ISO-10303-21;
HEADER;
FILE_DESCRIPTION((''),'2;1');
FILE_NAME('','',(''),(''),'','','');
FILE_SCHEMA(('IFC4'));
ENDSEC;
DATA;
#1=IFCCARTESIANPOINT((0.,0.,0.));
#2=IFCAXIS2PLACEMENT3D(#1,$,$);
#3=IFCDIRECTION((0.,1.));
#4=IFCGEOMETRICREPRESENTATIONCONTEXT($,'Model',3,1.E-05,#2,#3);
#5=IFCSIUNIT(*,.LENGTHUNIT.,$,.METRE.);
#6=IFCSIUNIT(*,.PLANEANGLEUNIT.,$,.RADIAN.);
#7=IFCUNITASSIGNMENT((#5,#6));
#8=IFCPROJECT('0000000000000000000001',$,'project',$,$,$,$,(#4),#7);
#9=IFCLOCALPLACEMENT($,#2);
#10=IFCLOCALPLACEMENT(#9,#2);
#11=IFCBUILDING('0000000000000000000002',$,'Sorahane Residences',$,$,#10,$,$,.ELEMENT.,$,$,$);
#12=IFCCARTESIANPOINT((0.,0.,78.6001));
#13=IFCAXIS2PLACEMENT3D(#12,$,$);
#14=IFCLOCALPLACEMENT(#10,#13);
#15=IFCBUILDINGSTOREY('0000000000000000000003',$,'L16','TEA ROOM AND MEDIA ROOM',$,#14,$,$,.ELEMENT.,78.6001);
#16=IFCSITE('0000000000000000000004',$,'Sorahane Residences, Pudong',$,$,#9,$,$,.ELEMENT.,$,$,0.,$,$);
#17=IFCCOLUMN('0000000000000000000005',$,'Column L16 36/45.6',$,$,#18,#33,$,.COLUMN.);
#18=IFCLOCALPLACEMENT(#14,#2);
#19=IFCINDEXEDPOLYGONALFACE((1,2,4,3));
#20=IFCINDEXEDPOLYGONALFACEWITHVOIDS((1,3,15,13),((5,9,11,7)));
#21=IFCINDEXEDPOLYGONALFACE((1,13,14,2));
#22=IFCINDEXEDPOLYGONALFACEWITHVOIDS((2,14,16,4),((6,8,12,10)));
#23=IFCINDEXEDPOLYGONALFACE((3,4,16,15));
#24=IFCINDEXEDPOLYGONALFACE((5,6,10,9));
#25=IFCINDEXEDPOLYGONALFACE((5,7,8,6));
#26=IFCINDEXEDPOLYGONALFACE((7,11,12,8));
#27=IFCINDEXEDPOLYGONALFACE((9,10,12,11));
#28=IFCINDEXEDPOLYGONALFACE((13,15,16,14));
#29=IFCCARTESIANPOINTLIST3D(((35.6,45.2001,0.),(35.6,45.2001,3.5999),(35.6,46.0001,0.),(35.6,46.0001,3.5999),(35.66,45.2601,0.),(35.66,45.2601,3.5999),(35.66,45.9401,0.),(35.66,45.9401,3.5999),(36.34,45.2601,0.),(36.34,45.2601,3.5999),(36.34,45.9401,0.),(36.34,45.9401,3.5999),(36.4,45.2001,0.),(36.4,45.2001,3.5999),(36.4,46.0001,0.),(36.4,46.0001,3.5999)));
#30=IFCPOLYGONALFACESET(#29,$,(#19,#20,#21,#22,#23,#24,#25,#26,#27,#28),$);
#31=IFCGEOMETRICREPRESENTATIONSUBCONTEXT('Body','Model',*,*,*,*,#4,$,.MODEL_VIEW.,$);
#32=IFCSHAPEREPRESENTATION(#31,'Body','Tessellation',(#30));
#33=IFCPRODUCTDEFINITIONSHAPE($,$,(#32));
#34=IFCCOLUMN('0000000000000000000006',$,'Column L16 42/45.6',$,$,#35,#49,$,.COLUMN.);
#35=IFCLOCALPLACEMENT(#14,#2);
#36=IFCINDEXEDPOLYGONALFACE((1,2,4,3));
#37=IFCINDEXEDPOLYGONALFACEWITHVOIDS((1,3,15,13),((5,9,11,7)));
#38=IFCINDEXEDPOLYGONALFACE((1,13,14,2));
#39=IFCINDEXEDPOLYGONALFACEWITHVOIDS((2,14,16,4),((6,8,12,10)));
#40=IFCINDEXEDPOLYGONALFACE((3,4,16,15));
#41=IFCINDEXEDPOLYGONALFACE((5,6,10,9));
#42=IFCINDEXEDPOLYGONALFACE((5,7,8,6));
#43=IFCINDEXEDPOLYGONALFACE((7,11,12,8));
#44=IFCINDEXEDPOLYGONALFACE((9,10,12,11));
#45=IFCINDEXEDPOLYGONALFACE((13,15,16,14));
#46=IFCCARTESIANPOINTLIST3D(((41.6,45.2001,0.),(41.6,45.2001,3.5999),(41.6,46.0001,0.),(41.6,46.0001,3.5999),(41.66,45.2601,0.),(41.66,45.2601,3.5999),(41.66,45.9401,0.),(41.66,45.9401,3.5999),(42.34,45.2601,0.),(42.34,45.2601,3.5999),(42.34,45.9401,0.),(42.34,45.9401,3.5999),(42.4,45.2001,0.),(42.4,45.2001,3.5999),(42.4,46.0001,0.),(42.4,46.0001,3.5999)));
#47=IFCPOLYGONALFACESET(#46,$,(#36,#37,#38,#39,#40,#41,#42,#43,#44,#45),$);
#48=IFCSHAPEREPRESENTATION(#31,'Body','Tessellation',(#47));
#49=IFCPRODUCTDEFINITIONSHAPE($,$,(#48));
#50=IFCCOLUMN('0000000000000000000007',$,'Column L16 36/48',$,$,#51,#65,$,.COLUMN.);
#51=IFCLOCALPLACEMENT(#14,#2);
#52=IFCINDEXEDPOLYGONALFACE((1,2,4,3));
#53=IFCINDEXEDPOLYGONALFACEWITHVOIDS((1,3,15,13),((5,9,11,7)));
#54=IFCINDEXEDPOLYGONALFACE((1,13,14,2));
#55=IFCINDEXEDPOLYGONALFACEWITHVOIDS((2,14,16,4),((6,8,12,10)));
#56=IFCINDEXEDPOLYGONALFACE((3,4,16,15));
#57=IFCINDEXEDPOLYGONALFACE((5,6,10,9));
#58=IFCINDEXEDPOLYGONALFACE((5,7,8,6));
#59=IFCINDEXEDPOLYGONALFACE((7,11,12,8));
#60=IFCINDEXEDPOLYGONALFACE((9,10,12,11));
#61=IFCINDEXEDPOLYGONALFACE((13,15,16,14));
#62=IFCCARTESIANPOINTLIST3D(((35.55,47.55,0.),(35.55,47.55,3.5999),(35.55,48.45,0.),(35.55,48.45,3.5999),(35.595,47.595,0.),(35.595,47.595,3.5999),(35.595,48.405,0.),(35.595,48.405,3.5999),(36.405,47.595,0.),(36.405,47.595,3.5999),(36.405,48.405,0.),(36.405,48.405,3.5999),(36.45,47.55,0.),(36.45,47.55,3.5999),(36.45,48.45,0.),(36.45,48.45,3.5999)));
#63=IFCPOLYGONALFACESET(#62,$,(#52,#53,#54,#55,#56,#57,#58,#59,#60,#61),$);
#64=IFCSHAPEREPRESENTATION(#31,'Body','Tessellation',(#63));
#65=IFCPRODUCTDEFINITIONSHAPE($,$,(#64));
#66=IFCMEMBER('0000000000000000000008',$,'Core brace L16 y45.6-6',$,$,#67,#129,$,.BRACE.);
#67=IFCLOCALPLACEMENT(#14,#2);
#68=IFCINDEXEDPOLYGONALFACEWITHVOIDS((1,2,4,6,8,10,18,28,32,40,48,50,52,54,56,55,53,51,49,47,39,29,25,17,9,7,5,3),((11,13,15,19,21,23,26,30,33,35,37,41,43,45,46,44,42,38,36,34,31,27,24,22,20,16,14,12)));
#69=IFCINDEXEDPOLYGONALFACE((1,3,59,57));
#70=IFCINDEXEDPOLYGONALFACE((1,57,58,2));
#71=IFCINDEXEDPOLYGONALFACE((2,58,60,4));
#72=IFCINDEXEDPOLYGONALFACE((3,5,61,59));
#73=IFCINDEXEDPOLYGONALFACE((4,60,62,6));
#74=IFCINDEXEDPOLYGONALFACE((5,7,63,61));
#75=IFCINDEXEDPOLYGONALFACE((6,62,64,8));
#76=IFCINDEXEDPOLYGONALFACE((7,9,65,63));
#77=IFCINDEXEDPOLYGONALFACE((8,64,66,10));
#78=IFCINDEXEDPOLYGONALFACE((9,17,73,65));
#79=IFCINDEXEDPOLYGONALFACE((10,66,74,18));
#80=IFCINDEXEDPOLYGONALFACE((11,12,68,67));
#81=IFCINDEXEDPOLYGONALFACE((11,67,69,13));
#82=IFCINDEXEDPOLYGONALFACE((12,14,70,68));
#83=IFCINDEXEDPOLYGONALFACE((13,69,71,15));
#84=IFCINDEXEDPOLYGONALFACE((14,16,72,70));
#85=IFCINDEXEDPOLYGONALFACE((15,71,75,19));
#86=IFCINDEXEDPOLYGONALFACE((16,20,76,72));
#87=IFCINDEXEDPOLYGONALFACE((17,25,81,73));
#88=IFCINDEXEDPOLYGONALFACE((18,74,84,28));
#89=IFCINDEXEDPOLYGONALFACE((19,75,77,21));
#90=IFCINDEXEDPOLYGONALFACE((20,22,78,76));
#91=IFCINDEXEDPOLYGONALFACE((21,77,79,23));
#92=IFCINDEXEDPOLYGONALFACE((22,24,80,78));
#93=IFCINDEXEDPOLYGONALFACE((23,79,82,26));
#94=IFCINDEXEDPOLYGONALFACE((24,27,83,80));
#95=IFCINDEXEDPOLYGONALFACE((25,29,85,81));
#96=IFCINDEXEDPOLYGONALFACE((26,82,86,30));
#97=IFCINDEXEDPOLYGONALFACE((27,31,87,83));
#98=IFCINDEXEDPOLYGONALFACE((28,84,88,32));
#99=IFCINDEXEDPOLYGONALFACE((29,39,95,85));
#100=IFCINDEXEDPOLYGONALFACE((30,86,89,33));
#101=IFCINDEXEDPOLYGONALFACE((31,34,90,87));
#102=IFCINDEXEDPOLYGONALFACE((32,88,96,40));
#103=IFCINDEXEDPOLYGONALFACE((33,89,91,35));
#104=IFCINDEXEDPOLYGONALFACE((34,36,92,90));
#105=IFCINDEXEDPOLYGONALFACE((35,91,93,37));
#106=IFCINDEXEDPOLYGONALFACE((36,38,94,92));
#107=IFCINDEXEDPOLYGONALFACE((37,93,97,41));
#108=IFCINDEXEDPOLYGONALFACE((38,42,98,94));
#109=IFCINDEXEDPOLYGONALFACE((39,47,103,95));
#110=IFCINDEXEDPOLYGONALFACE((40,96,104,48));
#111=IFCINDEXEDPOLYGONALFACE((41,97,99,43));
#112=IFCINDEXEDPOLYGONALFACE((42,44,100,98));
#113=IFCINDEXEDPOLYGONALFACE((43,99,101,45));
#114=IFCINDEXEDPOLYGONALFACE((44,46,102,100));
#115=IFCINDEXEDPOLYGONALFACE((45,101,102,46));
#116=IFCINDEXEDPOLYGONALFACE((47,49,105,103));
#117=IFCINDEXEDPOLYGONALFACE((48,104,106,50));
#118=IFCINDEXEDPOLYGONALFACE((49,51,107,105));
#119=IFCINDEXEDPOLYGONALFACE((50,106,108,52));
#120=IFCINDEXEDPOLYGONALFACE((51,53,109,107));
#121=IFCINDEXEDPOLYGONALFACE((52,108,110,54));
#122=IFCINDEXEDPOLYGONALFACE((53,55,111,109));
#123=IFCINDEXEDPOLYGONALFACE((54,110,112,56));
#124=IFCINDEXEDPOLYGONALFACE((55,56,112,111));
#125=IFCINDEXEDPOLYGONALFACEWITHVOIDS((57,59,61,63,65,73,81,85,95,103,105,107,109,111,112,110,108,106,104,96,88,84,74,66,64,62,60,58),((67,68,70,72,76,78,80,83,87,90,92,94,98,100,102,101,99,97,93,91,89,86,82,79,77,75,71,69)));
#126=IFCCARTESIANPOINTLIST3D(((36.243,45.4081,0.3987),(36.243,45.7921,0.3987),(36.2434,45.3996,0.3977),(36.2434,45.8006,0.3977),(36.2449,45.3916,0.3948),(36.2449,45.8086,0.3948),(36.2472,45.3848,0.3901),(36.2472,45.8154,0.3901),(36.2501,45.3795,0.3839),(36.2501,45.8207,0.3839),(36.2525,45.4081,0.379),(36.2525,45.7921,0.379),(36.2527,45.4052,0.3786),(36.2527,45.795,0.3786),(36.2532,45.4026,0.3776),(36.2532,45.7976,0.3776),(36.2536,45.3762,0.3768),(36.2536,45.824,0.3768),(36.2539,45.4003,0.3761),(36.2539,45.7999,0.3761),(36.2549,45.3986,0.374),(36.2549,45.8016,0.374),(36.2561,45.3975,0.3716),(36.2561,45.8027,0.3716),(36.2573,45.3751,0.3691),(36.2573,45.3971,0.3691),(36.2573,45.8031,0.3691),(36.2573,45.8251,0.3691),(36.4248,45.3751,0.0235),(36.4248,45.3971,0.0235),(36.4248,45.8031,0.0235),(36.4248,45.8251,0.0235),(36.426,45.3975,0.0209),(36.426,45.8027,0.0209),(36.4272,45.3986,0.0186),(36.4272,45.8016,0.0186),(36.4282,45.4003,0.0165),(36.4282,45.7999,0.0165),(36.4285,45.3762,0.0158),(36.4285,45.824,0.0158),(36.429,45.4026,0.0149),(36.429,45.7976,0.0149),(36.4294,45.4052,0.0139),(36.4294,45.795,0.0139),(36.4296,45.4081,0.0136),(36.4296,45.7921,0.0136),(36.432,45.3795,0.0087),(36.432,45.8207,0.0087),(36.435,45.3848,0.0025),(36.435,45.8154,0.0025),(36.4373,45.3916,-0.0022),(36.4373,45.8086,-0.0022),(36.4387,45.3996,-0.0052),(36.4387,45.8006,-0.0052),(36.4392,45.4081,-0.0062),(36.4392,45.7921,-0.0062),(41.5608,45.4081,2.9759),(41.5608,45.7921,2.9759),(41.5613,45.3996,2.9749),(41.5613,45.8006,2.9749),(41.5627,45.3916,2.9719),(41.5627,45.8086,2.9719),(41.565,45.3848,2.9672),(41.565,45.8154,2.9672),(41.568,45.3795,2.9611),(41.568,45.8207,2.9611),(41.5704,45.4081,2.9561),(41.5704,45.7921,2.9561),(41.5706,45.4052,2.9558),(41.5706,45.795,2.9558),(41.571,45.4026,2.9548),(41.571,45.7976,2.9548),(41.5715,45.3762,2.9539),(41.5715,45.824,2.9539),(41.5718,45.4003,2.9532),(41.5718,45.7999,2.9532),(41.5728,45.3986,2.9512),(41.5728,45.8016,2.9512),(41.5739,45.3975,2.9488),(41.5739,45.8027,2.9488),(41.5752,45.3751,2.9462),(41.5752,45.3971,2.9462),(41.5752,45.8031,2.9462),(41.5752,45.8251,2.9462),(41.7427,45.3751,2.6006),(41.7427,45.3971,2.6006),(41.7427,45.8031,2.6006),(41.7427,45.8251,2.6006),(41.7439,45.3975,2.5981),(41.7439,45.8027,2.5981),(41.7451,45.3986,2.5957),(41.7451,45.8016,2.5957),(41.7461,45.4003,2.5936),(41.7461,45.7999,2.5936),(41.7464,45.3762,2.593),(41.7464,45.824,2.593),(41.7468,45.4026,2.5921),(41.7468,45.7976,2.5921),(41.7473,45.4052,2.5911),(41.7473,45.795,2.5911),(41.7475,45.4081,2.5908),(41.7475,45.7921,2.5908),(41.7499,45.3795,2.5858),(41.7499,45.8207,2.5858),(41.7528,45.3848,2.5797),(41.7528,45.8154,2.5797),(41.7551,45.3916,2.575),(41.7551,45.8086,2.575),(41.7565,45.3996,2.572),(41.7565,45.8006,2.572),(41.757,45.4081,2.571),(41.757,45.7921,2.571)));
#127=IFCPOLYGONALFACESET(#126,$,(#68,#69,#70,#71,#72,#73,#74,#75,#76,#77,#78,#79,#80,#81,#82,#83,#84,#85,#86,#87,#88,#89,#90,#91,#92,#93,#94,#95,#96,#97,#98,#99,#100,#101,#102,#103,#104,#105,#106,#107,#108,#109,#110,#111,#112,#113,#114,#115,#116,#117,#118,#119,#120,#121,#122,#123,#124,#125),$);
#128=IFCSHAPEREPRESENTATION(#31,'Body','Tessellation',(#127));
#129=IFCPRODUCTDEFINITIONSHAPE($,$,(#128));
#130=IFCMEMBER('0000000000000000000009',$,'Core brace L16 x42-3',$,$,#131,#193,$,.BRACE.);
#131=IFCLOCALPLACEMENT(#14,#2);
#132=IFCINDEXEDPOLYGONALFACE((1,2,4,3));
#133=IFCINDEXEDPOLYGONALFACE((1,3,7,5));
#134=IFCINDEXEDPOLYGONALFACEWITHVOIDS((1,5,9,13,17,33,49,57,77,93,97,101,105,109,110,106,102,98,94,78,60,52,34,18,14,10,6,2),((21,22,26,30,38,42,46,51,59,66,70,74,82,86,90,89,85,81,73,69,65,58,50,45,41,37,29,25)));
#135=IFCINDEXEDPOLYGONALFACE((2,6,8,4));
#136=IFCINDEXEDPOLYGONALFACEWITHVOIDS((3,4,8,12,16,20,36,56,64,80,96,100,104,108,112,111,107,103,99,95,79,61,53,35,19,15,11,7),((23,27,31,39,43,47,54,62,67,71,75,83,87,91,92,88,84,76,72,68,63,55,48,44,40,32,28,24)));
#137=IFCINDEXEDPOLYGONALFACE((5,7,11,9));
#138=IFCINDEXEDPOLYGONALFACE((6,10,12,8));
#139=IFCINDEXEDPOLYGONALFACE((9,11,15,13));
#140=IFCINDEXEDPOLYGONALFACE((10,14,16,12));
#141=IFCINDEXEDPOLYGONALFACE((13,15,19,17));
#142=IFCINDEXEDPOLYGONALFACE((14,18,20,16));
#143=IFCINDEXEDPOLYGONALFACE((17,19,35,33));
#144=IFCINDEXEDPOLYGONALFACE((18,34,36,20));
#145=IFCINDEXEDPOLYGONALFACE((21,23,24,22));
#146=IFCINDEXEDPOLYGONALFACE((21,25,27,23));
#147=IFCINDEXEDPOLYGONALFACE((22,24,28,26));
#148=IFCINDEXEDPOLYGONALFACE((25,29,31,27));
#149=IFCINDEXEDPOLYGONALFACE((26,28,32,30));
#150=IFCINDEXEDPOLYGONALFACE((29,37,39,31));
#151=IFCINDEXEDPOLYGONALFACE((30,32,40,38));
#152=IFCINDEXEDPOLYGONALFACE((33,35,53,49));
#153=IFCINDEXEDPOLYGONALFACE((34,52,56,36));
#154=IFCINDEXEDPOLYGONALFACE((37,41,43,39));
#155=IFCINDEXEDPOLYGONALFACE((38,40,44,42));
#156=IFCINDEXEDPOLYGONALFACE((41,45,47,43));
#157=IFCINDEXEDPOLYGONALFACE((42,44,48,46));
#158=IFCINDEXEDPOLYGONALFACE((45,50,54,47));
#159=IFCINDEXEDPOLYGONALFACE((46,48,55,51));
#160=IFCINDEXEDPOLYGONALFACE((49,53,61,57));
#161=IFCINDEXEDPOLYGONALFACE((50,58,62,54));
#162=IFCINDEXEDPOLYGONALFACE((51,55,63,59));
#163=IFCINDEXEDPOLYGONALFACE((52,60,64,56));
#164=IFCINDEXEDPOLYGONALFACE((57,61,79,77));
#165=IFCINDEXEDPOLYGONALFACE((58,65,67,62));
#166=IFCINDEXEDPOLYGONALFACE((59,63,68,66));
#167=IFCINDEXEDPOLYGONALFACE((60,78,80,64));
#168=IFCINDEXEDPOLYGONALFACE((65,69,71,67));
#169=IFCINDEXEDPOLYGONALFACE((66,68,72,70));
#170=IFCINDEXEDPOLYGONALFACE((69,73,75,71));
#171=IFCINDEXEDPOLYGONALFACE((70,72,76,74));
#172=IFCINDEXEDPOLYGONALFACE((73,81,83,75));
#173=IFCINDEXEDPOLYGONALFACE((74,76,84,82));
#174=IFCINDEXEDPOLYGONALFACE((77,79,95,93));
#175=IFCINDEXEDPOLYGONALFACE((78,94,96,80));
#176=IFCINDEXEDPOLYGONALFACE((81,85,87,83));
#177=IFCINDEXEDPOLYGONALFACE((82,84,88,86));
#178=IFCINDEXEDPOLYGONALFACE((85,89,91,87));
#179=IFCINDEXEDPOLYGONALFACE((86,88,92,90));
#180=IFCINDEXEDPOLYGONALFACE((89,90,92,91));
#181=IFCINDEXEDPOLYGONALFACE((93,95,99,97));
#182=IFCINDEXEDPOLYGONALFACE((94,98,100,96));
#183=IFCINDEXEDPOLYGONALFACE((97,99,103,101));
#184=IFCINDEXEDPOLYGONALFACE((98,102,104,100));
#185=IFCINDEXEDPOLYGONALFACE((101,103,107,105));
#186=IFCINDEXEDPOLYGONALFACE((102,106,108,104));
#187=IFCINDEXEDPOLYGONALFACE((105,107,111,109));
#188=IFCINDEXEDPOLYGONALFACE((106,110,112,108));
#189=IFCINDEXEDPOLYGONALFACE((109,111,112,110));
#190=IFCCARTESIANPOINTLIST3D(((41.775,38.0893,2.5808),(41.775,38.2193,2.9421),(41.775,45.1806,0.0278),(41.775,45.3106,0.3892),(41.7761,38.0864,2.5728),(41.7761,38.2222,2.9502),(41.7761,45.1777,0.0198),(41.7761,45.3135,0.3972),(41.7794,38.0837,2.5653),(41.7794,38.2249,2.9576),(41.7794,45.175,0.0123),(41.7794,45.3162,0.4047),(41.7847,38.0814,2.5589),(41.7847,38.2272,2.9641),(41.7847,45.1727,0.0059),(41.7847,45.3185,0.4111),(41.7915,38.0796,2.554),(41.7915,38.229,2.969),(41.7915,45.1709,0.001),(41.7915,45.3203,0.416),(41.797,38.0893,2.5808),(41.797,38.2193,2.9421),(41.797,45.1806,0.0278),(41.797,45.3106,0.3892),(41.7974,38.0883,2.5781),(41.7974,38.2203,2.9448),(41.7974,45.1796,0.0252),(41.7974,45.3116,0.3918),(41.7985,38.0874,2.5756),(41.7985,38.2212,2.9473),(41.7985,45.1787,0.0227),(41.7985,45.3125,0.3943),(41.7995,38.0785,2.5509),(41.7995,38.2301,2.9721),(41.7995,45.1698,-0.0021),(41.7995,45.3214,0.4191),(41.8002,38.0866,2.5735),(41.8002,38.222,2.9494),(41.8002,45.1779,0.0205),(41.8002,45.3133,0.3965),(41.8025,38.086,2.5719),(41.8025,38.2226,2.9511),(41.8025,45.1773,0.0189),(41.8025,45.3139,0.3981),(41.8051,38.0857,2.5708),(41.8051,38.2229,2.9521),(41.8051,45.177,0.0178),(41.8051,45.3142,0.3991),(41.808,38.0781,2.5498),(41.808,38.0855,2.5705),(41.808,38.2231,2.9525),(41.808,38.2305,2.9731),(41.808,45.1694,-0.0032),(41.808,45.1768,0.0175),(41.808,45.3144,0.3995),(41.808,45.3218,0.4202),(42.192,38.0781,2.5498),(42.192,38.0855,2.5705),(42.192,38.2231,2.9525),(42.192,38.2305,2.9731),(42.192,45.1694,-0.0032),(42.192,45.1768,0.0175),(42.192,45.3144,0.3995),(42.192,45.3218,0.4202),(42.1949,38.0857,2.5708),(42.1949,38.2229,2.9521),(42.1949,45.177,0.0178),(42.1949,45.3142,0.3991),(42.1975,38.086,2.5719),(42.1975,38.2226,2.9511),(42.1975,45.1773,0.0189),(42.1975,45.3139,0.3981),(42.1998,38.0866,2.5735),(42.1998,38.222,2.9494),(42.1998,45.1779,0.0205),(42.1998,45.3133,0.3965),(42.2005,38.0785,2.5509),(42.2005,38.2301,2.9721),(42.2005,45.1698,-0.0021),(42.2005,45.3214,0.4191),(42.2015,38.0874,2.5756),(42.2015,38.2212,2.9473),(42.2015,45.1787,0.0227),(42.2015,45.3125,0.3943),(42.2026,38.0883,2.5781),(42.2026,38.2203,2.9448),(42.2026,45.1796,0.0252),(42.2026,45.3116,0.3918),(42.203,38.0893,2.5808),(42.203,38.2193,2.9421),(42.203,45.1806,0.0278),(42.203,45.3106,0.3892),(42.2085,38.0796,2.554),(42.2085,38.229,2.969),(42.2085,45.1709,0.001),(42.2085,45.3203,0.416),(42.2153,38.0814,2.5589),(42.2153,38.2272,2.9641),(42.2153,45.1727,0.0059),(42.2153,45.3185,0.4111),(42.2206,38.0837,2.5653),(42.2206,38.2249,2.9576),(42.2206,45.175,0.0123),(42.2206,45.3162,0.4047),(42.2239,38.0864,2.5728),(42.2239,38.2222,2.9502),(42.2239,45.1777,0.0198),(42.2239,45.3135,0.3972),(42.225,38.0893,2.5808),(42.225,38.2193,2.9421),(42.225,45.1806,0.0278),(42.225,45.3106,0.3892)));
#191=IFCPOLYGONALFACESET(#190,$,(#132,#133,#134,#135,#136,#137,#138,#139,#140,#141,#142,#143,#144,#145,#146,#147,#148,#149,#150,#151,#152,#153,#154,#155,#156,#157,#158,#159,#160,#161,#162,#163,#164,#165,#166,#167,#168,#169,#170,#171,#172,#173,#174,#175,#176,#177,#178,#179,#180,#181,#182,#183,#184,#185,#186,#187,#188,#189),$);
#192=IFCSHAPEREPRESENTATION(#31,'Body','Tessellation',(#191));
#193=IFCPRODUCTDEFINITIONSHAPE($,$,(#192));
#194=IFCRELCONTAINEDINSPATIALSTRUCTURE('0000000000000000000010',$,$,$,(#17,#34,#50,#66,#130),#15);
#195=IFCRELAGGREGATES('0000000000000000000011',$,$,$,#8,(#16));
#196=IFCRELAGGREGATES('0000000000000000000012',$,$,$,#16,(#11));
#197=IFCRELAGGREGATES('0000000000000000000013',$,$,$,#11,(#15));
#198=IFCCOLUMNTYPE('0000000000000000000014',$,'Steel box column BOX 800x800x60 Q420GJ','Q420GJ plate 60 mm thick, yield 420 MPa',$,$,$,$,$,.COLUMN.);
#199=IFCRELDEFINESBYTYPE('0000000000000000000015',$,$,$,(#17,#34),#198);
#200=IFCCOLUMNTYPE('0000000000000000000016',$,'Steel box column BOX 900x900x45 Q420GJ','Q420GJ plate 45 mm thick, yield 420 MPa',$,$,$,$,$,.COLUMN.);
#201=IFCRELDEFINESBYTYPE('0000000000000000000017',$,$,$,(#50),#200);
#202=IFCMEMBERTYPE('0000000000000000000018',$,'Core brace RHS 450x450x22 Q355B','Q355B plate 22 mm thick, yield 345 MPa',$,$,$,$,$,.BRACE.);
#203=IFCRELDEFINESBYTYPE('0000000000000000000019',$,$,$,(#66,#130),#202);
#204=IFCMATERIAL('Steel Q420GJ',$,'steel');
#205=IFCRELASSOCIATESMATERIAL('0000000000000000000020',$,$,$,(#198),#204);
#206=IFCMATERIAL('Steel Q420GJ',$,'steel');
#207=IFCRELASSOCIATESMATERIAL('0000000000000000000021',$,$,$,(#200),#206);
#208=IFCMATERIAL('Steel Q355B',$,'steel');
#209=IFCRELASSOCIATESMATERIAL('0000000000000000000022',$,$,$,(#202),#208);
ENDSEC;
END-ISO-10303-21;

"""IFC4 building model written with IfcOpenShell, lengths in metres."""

from ifc_helpers import new_model, si_unit, direction, frame, origin, origin_2d, place, context, subcontext, project, spatial, hollow_rectangle, extrude, material, material_profile, profile_set, type_object, element, save


model = new_model("IFC4")

# Units and contexts
model_context = context("Model", 3, precision=1e-05, world=origin(), true_north=direction((0.0, 1.0)))
body_context = subcontext(model_context, "Body", "Model", "MODEL_VIEW")
ifc_project = project(units=[si_unit("LENGTHUNIT", "METRE"), si_unit("PLANEANGLEUNIT", "RADIAN")], contexts=[model_context])

# Site, building, storey
site_placement = place(None, origin())
site = spatial("IfcSite", under=ifc_project, at=site_placement, Name="Sorahane Residences, Pudong", CompositionType="ELEMENT", RefElevation=0.0)
building_placement = place(site_placement, origin())
building = spatial("IfcBuilding", under=site, at=building_placement, Name="Sorahane Residences", CompositionType="ELEMENT")
storey_placement = place(building_placement, frame((0.0, 0.0, 78.6001)))
storey = spatial("IfcBuildingStorey", under=building, at=storey_placement, Name="L16", Description="TEA ROOM AND MEDIA ROOM", CompositionType="ELEMENT", Elevation=78.6001)

# Columns
ifc_material_1 = material(Name="Steel Q420GJ", Category="steel")
ifc_material_profile_1 = material_profile(ifc_material_1, hollow_rectangle(XDim=0.8, YDim=0.8, WallThickness=0.0601, at=origin_2d()), Name="BOX 800x800x60")
ifc_profile_set_1 = profile_set([ifc_material_profile_1], Name="Steel Q420GJ")
column_type_1 = type_object("IfcColumnType", Name="Steel box column BOX 800x800x60 Q420GJ", Description="Q420GJ plate 60 mm thick, yield 420 MPa", PredefinedType="COLUMN", material=ifc_profile_set_1)
for number, where, z_axis, x_axis, name in (
    (1, (36.0, 45.6001, 0.0), (0.0, 0.0, 1.0), (1.0, 0.0, 0.0), "Column L16 36/45.6"),
    (2, (42.0, 45.6001, 0.0), (0.0, 0.0, 1.0), (1.0, 0.0, 0.0), "Column L16 42/45.6"),
):
    element("IfcColumn", number, at=place(storey_placement, frame(where, z_axis=z_axis, x_axis=x_axis)), inside=storey, type_object=column_type_1, Name=name, PredefinedType="COLUMN", context=body_context, shape_type="SweptSolid", body=[
        extrude(hollow_rectangle(XDim=0.8, YDim=0.8, WallThickness=0.0601, at=origin_2d()), origin(), (0.0, 0.0, 1.0), 3.5999),
    ])
ifc_material_2 = material(Name="Steel Q420GJ", Category="steel")
ifc_material_profile_2 = material_profile(ifc_material_2, hollow_rectangle(XDim=0.8999, YDim=0.8999, WallThickness=0.0449, at=origin_2d()), Name="BOX 900x900x45")
ifc_profile_set_2 = profile_set([ifc_material_profile_2], Name="Steel Q420GJ")
column_type_2 = type_object("IfcColumnType", Name="Steel box column BOX 900x900x45 Q420GJ", Description="Q420GJ plate 45 mm thick, yield 420 MPa", PredefinedType="COLUMN", material=ifc_profile_set_2)
column_placement = place(storey_placement, frame((36.0, 48.0, 0.0), z_axis=(0.0, 0.0, 1.0), x_axis=(1.0, 0.0, 0.0)))
element("IfcColumn", 3, at=column_placement, inside=storey, type_object=column_type_2, Name="Column L16 36/48", PredefinedType="COLUMN", context=body_context, shape_type="SweptSolid", body=[
    extrude(hollow_rectangle(XDim=0.8999, YDim=0.8999, WallThickness=0.0449, at=origin_2d()), origin(), (0.0, 0.0, 1.0), 3.5999),
])

# Members
ifc_material_3 = material(Name="Steel Q355B", Category="steel")
ifc_material_profile_3 = material_profile(ifc_material_3, hollow_rectangle(XDim=0.45, YDim=0.45, WallThickness=0.022, InnerFilletRadius=0.011, OuterFilletRadius=0.033, at=origin_2d()), Name="RHS 450x450x22")
ifc_profile_set_3 = profile_set([ifc_material_profile_3], Name="Steel Q355B")
member_type_1 = type_object("IfcMemberType", Name="Core brace RHS 450x450x22 Q355B", Description="Q355B plate 22 mm thick, yield 345 MPa", PredefinedType="BRACE", material=ifc_profile_set_3)
member_1_placement = place(storey_placement, frame((36.3411, 45.6001, 0.1963), z_axis=(0.899895, 0.0, 0.436107), x_axis=(0.0, 1.0, 0.0)))
element("IfcMember", 4, at=member_1_placement, inside=storey, type_object=member_type_1, Name="Core brace L16 y45.6-6", PredefinedType="BRACE", context=body_context, shape_type="SweptSolid", body=[
    extrude(hollow_rectangle(XDim=0.45, YDim=0.45, WallThickness=0.022, InnerFilletRadius=0.011, OuterFilletRadius=0.033, at=origin_2d()), origin(), (0.0, 0.0, 1.0), 5.9094),
])
member_2_placement = place(storey_placement, frame((42.0, 45.2456, 0.2085), z_axis=(0.0, -0.940883, 0.338732), x_axis=(1.0, 0.0, 0.0)))
element("IfcMember", 5, at=member_2_placement, inside=storey, type_object=member_type_1, Name="Core brace L16 x42-3", PredefinedType="BRACE", context=body_context, shape_type="SweptSolid", body=[
    extrude(hollow_rectangle(XDim=0.45, YDim=0.45, WallThickness=0.022, InnerFilletRadius=0.011, OuterFilletRadius=0.033, at=origin_2d()), origin(), (0.0, 0.0, 1.0), 7.5369),
])

save(model, "model.ifc")
